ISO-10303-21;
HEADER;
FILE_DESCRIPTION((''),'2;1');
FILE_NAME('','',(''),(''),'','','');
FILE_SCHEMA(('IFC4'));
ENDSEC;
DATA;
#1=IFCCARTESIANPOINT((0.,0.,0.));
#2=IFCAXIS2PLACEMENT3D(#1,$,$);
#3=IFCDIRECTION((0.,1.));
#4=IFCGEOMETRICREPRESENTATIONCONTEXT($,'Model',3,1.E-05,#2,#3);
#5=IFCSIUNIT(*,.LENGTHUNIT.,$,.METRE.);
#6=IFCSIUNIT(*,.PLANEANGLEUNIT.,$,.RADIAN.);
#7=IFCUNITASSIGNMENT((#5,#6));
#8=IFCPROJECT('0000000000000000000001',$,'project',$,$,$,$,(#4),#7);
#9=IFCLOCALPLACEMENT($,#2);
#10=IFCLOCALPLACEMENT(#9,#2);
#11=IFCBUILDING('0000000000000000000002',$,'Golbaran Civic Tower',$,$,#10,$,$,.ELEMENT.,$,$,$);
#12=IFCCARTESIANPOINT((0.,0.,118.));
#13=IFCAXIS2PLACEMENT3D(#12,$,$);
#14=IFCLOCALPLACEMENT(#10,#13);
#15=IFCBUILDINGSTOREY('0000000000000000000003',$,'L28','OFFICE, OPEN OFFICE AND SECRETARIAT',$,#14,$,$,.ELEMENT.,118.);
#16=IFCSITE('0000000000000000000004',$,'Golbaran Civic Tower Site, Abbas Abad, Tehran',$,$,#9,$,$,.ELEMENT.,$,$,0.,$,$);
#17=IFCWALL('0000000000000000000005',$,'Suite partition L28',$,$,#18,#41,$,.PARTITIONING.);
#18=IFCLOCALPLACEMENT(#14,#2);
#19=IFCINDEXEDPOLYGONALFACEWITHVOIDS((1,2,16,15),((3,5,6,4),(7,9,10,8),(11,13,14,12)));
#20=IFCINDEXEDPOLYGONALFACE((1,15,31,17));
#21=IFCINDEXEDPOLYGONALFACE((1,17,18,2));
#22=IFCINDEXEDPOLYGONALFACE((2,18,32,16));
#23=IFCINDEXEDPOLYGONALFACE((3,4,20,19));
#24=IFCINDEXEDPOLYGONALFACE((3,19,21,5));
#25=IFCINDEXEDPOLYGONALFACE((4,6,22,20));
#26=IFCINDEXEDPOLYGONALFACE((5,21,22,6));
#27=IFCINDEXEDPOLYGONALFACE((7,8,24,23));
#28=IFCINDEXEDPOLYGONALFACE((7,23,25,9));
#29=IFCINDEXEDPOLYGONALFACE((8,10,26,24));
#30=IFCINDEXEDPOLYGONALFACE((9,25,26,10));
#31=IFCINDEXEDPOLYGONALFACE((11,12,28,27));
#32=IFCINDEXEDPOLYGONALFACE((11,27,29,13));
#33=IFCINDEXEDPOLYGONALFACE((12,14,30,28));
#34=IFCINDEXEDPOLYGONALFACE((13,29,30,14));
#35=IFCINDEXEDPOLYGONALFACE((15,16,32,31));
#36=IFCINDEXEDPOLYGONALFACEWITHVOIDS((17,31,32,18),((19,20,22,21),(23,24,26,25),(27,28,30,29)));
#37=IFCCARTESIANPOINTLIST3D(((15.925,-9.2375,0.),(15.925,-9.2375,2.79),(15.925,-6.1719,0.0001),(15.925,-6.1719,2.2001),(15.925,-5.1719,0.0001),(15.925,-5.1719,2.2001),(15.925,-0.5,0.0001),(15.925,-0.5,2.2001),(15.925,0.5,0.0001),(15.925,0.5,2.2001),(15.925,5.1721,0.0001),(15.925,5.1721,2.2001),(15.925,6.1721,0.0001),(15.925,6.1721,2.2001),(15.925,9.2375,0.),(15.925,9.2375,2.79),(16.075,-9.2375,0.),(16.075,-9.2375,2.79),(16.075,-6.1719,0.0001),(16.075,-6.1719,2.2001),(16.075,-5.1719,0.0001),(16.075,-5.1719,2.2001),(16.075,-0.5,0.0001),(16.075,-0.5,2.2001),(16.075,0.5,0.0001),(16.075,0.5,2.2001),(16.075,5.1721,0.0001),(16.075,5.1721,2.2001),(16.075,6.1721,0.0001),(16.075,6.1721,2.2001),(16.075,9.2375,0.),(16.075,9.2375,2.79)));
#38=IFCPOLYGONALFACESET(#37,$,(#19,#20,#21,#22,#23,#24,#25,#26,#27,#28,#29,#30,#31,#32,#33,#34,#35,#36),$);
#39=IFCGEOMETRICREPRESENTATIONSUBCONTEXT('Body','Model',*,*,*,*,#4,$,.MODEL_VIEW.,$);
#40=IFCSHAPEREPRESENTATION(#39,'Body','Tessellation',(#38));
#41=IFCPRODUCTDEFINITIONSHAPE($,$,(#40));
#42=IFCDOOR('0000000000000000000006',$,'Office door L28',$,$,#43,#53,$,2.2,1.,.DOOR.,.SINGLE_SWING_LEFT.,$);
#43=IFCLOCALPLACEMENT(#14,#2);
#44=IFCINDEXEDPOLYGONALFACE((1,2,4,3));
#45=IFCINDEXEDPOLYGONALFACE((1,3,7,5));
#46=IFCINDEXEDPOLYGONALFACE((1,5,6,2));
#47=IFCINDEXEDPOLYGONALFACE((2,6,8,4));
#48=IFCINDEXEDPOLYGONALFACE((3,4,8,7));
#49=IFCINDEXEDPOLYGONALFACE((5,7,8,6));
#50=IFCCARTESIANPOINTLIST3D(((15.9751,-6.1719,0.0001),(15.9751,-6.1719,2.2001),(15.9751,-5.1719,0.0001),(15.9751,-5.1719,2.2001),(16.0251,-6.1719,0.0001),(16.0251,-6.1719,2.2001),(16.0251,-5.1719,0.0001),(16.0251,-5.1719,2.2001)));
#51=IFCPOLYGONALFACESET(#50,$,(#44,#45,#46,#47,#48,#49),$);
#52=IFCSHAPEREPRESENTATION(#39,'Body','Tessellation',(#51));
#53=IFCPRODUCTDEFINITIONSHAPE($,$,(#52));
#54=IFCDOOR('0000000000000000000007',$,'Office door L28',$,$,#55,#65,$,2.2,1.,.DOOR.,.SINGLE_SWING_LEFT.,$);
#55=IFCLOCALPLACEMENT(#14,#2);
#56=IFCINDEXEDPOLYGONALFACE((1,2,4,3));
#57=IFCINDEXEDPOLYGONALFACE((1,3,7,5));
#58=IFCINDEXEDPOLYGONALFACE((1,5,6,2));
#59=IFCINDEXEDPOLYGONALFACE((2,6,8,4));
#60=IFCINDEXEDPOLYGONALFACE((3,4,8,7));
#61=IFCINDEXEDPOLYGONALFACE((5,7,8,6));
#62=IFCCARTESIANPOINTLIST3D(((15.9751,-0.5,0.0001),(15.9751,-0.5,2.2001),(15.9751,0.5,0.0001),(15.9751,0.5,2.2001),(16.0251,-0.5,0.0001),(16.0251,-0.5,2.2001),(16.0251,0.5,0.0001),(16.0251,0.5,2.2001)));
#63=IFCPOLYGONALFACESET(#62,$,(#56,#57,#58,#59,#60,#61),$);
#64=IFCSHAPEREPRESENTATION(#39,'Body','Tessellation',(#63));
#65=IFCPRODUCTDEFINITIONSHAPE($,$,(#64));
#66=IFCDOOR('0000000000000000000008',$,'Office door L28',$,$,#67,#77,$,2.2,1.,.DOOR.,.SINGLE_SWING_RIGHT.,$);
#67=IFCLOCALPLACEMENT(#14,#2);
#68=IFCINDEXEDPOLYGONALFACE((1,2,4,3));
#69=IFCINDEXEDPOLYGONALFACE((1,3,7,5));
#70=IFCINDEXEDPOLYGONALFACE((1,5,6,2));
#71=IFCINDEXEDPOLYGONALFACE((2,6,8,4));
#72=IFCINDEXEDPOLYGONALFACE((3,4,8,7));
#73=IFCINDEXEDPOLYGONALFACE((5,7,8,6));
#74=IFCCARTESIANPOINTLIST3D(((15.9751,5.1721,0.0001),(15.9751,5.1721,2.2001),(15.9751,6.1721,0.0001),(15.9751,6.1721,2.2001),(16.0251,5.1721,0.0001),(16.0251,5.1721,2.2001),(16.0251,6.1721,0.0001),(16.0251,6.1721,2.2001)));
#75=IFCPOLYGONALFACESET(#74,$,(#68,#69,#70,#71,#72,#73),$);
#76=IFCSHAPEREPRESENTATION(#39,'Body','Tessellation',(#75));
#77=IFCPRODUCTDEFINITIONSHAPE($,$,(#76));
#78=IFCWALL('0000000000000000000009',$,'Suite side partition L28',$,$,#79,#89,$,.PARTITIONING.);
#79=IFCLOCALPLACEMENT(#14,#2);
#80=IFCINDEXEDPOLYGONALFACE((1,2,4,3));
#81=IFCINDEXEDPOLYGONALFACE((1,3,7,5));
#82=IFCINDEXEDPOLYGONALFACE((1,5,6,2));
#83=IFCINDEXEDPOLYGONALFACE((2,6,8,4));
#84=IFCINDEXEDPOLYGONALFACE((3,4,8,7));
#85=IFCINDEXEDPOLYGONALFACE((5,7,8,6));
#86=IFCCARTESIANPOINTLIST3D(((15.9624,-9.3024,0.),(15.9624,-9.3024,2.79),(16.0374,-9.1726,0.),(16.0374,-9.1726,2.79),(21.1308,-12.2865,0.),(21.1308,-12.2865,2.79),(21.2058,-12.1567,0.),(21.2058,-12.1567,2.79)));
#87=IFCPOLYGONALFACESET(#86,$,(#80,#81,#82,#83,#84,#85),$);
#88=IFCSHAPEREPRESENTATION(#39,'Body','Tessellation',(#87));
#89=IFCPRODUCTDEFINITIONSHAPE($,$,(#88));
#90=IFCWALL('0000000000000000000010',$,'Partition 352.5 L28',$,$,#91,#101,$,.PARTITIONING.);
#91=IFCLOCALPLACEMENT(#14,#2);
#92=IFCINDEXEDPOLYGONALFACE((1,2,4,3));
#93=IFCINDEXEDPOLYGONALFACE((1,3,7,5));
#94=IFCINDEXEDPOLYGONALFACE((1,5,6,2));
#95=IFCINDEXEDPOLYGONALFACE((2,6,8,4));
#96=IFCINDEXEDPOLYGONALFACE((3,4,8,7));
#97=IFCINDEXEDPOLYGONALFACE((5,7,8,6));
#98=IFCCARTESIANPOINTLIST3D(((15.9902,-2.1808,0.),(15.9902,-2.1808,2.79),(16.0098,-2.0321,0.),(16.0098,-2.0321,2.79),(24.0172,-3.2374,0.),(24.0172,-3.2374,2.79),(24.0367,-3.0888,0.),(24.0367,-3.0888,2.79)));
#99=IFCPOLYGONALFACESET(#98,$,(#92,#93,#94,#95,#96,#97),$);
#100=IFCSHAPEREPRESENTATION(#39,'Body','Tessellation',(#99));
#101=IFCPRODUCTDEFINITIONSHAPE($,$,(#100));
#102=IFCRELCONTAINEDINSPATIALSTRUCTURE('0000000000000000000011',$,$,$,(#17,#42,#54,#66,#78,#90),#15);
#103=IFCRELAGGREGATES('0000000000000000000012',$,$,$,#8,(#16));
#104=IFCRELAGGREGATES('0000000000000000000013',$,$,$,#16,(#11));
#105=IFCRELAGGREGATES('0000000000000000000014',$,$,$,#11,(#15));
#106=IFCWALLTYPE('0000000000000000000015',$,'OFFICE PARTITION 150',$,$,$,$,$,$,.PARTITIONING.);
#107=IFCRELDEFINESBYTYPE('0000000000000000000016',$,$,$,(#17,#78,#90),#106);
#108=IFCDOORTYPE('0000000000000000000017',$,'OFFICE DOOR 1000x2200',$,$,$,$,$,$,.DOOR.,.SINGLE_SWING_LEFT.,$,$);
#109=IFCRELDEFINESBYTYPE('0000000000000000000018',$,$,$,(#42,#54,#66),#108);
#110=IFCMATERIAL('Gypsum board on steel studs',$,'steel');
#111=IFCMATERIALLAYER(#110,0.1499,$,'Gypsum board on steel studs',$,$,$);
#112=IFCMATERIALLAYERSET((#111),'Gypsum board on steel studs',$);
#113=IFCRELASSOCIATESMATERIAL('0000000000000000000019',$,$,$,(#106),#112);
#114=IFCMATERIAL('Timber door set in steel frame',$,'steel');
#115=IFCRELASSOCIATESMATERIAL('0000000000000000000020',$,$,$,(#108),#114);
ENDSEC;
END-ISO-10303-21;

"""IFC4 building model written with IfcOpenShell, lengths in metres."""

from ifc_helpers import new_model, si_unit, direction, frame, frame_2d, origin, place, context, subcontext, project, spatial, rectangle, extrude, material, layer, layer_set, type_object, element, fill, save


model = new_model("IFC4")

# Units and contexts
model_context = context("Model", 3, precision=1e-05, world=origin(), true_north=direction((0.0, 1.0)))
body_context = subcontext(model_context, "Body", "Model", "MODEL_VIEW")
ifc_project = project(units=[si_unit("LENGTHUNIT", "METRE"), si_unit("PLANEANGLEUNIT", "RADIAN")], contexts=[model_context])

# Site, building, storey
site_placement = place(None, origin())
site = spatial("IfcSite", under=ifc_project, at=site_placement, Name="Golbaran Civic Tower Site, Abbas Abad, Tehran", CompositionType="ELEMENT", RefElevation=0.0)
building_placement = place(site_placement, origin())
building = spatial("IfcBuilding", under=site, at=building_placement, Name="Golbaran Civic Tower", CompositionType="ELEMENT")
storey_placement = place(building_placement, frame((0.0, 0.0, 118.0)))
storey = spatial("IfcBuildingStorey", under=building, at=storey_placement, Name="L28", Description="OFFICE, OPEN OFFICE AND SECRETARIAT", CompositionType="ELEMENT", Elevation=118.0)

# Wall, openings, doors
ifc_material_1 = material(Name="Gypsum board on steel studs", Category="steel")
ifc_layer_1 = layer(ifc_material_1, 0.1499, Name="Gypsum board on steel studs")
ifc_layer_set_1 = layer_set([ifc_layer_1], Name="Gypsum board on steel studs")
wall_type = type_object("IfcWallType", Name="OFFICE PARTITION 150", PredefinedType="PARTITIONING", material=ifc_layer_set_1)
wall_1_placement = place(storey_placement, frame((16.0, -9.2375, 0.0), z_axis=(0.0, 0.0, 1.0), x_axis=(0.0, 1.0, 0.0)))
wall_1 = element("IfcWall", 1, at=wall_1_placement, inside=storey, type_object=wall_type, Name="Suite partition L28", PredefinedType="PARTITIONING", context=body_context, shape_type="SweptSolid", body=[
    extrude(rectangle(XDim=18.4751, YDim=0.1499, at=frame_2d((9.2375, 0.0))), origin(), (0.0, 0.0, 1.0), 2.79),
])
opening_1_placement = place(wall_1_placement, frame((3.0657, 0.0, 0.0)))
opening_1 = element("IfcOpeningElement", 2, at=opening_1_placement, cuts=wall_1, PredefinedType="OPENING", context=body_context, shape_type="SweptSolid", body=[
    extrude(rectangle(XDim=1.0, YDim=2.2, at=frame_2d((0.5, 1.1001))), frame((0.0, 0.085, 0.0), z_axis=(0.0, -1.0, 0.0), x_axis=(1.0, 0.0, 0.0)), (0.0, 0.0, 1.0), 0.1699),
])
opening_2_placement = place(wall_1_placement, frame((8.7375, 0.0, 0.0)))
opening_2 = element("IfcOpeningElement", 3, at=opening_2_placement, cuts=wall_1, PredefinedType="OPENING", context=body_context, shape_type="SweptSolid", body=[
    extrude(rectangle(XDim=1.0, YDim=2.2, at=frame_2d((0.5, 1.1001))), frame((0.0, 0.085, 0.0), z_axis=(0.0, -1.0, 0.0), x_axis=(1.0, 0.0, 0.0)), (0.0, 0.0, 1.0), 0.1699),
])
opening_3_placement = place(wall_1_placement, frame((14.4097, 0.0, 0.0)))
opening_3 = element("IfcOpeningElement", 4, at=opening_3_placement, cuts=wall_1, PredefinedType="OPENING", context=body_context, shape_type="SweptSolid", body=[
    extrude(rectangle(XDim=1.0, YDim=2.2, at=frame_2d((0.5, 1.1001))), frame((0.0, 0.085, 0.0), z_axis=(0.0, -1.0, 0.0), x_axis=(1.0, 0.0, 0.0)), (0.0, 0.0, 1.0), 0.1699),
])
ifc_material_2 = material(Name="Timber door set in steel frame", Category="steel")
door_type = type_object("IfcDoorType", Name="OFFICE DOOR 1000x2200", OperationType="SINGLE_SWING_LEFT", PredefinedType="DOOR", material=ifc_material_2)
door_1_placement = place(opening_1_placement, origin())
door_1 = element("IfcDoor", 5, at=door_1_placement, inside=storey, type_object=door_type, Name="Office door L28", OperationType="SINGLE_SWING_LEFT", OverallHeight=2.2, OverallWidth=1.0, PredefinedType="DOOR", context=body_context, shape_type="SweptSolid", body=[
    extrude(rectangle(XDim=1.0, YDim=2.2, at=frame_2d((0.5, 1.1001))), frame((0.0, 0.0249, 0.0), z_axis=(0.0, -1.0, 0.0), x_axis=(1.0, 0.0, 0.0)), (0.0, 0.0, 1.0), 0.05),
])
fill(opening_1, door_1)
door_2_placement = place(opening_2_placement, origin())
door_2 = element("IfcDoor", 6, at=door_2_placement, inside=storey, type_object=door_type, Name="Office door L28", OperationType="SINGLE_SWING_LEFT", OverallHeight=2.2, OverallWidth=1.0, PredefinedType="DOOR", context=body_context, shape_type="SweptSolid", body=[
    extrude(rectangle(XDim=1.0, YDim=2.2, at=frame_2d((0.5, 1.1001))), frame((0.0, 0.0249, 0.0), z_axis=(0.0, -1.0, 0.0), x_axis=(1.0, 0.0, 0.0)), (0.0, 0.0, 1.0), 0.05),
])
fill(opening_2, door_2)
door_3_placement = place(opening_3_placement, origin())
door_3 = element("IfcDoor", 7, at=door_3_placement, inside=storey, type_object=door_type, Name="Office door L28", OperationType="SINGLE_SWING_RIGHT", OverallHeight=2.2, OverallWidth=1.0, PredefinedType="DOOR", context=body_context, shape_type="SweptSolid", body=[
    extrude(rectangle(XDim=1.0, YDim=2.2, at=frame_2d((0.5, 1.1001))), frame((0.0, 0.0249, 0.0), z_axis=(0.0, -1.0, 0.0), x_axis=(1.0, 0.0, 0.0)), (0.0, 0.0, 1.0), 0.05),
])
fill(opening_3, door_3)

# Walls
wall_2_placement = place(storey_placement, frame((16.0, -9.2375, 0.0), z_axis=(0.0, 0.0, 1.0), x_axis=(0.866017, -0.500015, 0.0)))
element("IfcWall", 8, at=wall_2_placement, inside=storey, type_object=wall_type, Name="Suite side partition L28", PredefinedType="PARTITIONING", context=body_context, shape_type="SweptSolid", body=[
    extrude(rectangle(XDim=5.968, YDim=0.1499, at=frame_2d((2.9839, 0.0))), origin(), (0.0, 0.0, 1.0), 2.79),
])
wall_3_placement = place(storey_placement, frame((16.0, -2.1064, 0.0), z_axis=(0.0, 0.0, 1.0), x_axis=(0.991447, -0.130512, 0.0)))
element("IfcWall", 9, at=wall_3_placement, inside=storey, type_object=wall_type, Name="Partition 352.5 L28", PredefinedType="PARTITIONING", context=body_context, shape_type="SweptSolid", body=[
    extrude(rectangle(XDim=8.0962, YDim=0.1499, at=frame_2d((4.0481, 0.0))), origin(), (0.0, 0.0, 1.0), 2.79),
])

save(model, "model.ifc")
